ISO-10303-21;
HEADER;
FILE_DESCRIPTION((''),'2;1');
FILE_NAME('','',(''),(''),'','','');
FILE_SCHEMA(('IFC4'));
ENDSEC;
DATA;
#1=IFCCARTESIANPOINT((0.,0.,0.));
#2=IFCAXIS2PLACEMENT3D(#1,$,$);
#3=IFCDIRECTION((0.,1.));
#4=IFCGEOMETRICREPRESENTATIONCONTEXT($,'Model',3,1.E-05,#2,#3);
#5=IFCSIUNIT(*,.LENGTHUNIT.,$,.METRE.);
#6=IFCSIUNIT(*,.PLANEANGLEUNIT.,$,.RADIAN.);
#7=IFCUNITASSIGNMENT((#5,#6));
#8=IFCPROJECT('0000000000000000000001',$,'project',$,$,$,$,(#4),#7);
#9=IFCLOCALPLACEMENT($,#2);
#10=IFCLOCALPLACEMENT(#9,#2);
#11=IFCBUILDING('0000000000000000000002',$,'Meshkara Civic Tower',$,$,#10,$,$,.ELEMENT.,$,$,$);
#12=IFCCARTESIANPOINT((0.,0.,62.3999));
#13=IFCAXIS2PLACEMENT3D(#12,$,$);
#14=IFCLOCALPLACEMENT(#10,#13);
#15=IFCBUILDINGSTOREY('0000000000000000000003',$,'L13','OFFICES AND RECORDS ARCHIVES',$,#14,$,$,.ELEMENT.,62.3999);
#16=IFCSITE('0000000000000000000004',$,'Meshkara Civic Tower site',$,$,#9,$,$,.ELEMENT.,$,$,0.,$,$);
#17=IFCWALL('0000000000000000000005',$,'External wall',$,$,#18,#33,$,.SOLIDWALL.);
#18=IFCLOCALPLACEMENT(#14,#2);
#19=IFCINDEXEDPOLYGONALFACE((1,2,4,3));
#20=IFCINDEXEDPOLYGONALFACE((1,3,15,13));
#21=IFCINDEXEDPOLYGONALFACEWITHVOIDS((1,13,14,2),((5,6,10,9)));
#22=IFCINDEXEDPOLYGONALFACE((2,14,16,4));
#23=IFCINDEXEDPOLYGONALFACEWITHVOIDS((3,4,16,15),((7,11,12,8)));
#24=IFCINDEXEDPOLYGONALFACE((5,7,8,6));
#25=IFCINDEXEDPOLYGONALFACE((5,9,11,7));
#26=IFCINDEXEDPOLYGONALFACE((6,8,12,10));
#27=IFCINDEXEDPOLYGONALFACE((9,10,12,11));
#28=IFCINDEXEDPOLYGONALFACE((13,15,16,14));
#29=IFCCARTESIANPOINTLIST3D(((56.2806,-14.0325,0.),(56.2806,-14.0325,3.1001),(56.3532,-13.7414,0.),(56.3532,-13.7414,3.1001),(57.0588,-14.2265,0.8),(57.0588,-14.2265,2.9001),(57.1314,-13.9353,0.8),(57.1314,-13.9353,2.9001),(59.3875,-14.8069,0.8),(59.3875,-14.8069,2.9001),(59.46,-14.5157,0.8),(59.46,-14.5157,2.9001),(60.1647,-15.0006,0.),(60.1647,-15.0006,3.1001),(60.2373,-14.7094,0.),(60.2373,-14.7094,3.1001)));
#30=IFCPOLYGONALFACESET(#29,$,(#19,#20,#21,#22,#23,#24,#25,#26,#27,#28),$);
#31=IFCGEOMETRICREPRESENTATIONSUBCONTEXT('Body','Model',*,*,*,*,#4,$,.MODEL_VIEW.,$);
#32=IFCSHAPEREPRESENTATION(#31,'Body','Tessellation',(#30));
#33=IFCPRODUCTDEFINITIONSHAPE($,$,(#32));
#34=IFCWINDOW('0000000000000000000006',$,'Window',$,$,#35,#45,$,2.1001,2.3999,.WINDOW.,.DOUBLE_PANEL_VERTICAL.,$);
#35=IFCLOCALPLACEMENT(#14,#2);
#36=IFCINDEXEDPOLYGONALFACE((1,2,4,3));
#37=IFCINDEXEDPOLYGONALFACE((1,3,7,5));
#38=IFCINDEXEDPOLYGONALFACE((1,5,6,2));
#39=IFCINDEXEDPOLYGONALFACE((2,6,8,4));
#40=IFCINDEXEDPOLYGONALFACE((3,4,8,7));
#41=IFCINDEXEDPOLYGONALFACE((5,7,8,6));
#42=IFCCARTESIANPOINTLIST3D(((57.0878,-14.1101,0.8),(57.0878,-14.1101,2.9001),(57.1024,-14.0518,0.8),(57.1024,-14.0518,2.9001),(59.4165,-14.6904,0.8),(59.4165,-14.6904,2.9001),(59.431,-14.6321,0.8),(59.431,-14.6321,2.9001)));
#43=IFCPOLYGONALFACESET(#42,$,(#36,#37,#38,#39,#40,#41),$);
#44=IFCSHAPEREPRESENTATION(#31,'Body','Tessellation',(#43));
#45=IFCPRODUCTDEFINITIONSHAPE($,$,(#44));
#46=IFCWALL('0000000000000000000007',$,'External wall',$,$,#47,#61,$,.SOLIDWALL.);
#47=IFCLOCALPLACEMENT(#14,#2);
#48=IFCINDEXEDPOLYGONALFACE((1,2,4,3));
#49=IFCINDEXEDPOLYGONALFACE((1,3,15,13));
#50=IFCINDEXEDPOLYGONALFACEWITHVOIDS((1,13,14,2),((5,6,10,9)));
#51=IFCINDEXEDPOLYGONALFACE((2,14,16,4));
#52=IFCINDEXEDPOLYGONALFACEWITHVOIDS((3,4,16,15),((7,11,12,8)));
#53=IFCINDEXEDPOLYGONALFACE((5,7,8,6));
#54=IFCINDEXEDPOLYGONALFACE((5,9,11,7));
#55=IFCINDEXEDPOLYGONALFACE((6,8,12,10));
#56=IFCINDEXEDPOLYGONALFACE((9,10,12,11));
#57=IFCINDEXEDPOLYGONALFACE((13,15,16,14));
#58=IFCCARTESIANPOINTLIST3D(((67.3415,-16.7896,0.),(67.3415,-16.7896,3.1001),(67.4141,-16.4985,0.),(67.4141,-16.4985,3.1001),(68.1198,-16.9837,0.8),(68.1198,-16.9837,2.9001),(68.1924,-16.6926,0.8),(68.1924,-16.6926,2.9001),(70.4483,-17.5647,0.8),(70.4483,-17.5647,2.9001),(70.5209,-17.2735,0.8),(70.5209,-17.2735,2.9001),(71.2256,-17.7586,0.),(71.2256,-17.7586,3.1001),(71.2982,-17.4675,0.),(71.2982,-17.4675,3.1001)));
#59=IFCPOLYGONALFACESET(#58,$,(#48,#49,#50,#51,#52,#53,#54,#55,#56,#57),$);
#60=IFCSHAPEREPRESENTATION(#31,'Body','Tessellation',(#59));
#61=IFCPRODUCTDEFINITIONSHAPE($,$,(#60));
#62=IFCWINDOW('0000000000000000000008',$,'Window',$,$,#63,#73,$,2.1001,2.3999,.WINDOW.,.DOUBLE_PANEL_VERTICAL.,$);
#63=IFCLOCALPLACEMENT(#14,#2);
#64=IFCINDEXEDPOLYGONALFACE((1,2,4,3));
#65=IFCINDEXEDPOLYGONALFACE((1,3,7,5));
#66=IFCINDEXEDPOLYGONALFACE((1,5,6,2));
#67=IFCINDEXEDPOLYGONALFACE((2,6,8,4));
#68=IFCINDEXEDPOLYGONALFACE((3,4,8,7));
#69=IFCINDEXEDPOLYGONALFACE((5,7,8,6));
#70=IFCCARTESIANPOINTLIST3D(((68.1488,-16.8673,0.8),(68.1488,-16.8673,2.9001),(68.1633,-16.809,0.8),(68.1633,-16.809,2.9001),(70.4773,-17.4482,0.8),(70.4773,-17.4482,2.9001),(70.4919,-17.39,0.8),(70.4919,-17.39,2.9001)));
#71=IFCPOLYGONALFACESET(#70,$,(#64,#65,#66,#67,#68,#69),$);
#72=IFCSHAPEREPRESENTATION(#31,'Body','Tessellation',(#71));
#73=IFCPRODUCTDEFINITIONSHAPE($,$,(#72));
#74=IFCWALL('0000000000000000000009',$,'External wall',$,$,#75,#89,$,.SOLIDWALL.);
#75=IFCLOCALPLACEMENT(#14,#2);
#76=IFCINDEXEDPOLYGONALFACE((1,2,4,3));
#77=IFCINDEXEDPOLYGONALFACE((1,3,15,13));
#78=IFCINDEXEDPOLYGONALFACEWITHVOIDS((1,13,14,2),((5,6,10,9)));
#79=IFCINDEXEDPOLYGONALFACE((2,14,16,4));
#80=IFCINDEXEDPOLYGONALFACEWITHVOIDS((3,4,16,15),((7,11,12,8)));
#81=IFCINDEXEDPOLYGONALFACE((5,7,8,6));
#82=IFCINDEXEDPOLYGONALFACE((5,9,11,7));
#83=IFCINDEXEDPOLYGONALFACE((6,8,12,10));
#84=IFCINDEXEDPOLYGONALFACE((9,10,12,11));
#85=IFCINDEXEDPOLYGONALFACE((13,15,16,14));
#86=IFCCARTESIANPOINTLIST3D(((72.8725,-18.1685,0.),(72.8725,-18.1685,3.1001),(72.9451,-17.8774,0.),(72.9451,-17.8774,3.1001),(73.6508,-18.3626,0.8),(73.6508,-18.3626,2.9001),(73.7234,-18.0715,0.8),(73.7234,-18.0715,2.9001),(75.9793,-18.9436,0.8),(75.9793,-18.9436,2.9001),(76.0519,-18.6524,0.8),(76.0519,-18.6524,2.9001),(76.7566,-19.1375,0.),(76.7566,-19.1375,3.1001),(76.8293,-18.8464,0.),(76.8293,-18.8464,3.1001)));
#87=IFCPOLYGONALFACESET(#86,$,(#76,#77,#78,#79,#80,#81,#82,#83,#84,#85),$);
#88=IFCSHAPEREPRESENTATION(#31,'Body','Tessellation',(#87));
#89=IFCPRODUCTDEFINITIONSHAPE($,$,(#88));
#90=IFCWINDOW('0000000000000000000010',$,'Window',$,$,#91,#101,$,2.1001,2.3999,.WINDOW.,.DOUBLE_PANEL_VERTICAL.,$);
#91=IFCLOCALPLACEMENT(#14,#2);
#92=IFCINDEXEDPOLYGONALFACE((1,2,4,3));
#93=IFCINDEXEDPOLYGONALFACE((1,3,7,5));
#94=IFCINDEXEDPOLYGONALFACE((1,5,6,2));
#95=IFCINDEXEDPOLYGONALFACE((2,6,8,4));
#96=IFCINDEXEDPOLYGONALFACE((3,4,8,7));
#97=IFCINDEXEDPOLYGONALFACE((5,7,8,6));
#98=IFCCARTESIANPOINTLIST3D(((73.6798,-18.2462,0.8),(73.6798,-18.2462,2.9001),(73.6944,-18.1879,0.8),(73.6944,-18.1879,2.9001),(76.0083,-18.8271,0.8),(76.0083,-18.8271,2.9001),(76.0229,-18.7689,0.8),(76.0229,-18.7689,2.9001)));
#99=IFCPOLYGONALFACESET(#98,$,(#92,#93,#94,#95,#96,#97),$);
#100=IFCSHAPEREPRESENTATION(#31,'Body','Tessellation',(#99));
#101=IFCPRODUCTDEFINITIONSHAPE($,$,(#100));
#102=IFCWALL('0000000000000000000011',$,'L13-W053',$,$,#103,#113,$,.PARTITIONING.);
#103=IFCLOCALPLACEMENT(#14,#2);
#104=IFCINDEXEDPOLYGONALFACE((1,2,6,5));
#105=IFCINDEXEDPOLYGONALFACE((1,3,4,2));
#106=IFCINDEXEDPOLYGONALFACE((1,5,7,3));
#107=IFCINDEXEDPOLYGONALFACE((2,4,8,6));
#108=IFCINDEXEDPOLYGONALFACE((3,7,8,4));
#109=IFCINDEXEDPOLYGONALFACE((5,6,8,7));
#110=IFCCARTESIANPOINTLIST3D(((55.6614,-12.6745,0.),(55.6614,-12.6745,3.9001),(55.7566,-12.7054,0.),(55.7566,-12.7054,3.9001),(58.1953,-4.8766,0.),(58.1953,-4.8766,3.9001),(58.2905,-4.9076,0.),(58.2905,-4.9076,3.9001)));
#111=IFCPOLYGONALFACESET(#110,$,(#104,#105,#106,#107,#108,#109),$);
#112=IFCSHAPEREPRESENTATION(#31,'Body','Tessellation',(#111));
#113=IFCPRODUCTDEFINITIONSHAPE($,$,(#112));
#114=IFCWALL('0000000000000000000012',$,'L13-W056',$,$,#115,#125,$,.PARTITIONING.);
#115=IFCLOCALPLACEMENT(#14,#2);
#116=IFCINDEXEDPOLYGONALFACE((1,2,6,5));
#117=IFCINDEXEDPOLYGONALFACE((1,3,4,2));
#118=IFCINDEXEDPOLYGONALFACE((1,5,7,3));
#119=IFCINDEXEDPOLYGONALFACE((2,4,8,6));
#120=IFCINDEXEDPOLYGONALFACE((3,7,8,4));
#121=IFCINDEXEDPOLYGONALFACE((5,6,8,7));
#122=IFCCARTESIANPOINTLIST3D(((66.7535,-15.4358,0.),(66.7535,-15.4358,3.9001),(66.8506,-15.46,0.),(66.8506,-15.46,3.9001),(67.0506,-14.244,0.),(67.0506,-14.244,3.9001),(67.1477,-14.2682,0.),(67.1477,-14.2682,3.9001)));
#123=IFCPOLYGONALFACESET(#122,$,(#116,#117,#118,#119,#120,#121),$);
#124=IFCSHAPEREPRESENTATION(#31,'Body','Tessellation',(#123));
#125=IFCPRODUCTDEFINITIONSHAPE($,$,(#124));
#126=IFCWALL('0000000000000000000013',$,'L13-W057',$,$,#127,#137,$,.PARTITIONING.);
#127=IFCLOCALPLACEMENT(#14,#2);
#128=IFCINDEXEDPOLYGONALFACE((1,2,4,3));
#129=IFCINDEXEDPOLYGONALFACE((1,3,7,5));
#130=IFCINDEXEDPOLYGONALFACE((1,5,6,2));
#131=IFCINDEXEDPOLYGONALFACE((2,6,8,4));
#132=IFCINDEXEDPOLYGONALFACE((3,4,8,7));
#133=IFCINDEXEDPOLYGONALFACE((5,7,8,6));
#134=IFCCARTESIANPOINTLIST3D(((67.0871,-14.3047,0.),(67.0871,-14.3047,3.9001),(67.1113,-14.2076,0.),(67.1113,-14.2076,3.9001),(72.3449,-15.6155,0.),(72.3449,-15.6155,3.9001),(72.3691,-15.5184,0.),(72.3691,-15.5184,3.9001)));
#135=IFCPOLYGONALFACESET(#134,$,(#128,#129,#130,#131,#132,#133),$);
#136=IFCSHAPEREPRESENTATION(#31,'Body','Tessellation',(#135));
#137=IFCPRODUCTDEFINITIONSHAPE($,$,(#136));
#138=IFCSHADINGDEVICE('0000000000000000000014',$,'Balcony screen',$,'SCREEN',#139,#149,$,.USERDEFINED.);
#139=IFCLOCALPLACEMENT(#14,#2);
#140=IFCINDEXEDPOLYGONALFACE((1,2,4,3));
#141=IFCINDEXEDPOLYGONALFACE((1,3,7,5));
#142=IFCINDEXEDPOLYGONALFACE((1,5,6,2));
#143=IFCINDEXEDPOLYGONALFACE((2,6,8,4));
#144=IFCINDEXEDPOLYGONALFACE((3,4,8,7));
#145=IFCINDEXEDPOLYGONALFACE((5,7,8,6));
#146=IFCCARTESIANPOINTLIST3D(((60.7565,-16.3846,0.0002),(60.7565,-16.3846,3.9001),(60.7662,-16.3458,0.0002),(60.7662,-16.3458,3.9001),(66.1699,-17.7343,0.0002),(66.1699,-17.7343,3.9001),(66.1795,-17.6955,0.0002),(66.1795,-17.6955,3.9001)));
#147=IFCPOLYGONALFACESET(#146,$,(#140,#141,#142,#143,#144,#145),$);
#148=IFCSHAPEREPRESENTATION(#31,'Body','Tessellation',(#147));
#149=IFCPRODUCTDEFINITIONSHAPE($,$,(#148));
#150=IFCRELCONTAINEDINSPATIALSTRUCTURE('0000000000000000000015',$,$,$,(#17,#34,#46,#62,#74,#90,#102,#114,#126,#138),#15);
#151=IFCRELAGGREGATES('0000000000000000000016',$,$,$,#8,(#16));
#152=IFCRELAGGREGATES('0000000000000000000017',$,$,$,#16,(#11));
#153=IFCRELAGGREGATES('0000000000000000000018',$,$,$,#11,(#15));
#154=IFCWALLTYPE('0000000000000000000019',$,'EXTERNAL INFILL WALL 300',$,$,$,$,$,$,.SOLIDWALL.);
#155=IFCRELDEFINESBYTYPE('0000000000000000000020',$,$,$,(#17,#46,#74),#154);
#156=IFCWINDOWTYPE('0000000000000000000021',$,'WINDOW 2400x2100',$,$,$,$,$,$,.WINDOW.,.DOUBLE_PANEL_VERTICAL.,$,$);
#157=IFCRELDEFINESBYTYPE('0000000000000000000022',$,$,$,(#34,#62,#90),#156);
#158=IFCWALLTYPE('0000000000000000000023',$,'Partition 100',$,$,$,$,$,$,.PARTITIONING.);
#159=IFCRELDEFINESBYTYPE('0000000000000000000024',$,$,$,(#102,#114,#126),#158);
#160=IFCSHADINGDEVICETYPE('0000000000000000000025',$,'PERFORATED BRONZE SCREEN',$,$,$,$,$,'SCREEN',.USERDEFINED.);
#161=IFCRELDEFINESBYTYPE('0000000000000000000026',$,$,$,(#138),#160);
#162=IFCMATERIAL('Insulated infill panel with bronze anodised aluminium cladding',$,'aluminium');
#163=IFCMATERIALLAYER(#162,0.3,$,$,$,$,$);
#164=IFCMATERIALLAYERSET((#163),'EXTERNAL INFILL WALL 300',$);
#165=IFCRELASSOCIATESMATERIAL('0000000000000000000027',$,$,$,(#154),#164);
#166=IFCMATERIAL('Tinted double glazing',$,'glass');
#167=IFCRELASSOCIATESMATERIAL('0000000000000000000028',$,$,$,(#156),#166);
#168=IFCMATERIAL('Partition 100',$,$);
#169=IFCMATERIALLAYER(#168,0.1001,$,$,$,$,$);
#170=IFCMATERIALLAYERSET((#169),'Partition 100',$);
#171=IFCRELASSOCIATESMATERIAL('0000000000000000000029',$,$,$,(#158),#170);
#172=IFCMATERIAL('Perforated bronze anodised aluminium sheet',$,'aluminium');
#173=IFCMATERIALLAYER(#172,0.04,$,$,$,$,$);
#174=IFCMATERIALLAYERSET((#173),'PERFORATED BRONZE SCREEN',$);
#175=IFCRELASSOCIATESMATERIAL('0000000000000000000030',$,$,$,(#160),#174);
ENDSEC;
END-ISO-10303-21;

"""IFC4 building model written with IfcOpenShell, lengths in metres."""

from ifc_helpers import new_model, si_unit, direction, frame, frame_2d, origin, origin_2d, place, context, subcontext, project, spatial, rectangle, extrude, material, layer, layer_set, type_object, element, fill, save


model = new_model("IFC4")

# Units and contexts
model_context = context("Model", 3, precision=1e-05, world=origin(), true_north=direction((0.0, 1.0)))
body_context = subcontext(model_context, "Body", "Model", "MODEL_VIEW")
ifc_project = project(units=[si_unit("LENGTHUNIT", "METRE"), si_unit("PLANEANGLEUNIT", "RADIAN")], contexts=[model_context])

# Site, building, storey
site_placement = place(None, origin())
site = spatial("IfcSite", under=ifc_project, at=site_placement, Name="Meshkara Civic Tower site", CompositionType="ELEMENT", RefElevation=0.0)
building_placement = place(site_placement, origin())
building = spatial("IfcBuilding", under=site, at=building_placement, Name="Meshkara Civic Tower", CompositionType="ELEMENT")
storey_placement = place(building_placement, frame((0.0, 0.0, 62.3999)))
storey = spatial("IfcBuildingStorey", under=building, at=storey_placement, Name="L13", Description="OFFICES AND RECORDS ARCHIVES", CompositionType="ELEMENT", Elevation=62.3999)

# Walls, openings, windows
ifc_material_1 = material(Name="Insulated infill panel with bronze anodised aluminium cladding", Category="aluminium")
ifc_layer_1 = layer(ifc_material_1, 0.3)
ifc_layer_set_1 = layer_set([ifc_layer_1], Name="EXTERNAL INFILL WALL 300")
wall_type_1 = type_object("IfcWallType", Name="EXTERNAL INFILL WALL 300", PredefinedType="SOLIDWALL", material=ifc_layer_set_1)
wall_1_placement = place(storey_placement, frame((56.3169, -13.887, 0.0), z_axis=(0.0, 0.0, 1.0), x_axis=(0.970318, -0.241832, 0.0)))
wall_1 = element("IfcWall", 1, at=wall_1_placement, inside=storey, type_object=wall_type_1, Name="External wall", PredefinedType="SOLIDWALL", context=body_context, shape_type="SweptSolid", body=[
    extrude(rectangle(XDim=4.0029, YDim=0.3, at=frame_2d((2.0015, 0.0))), origin(), (0.0, 0.0, 1.0), 3.1001),
])
opening_1_placement = place(wall_1_placement, frame((0.802, 0.0, 0.8)))
opening_1 = element("IfcOpeningElement", 2, at=opening_1_placement, cuts=wall_1, PredefinedType="OPENING", context=body_context, shape_type="SweptSolid", body=[
    extrude(rectangle(XDim=2.3999, YDim=2.1001, at=frame_2d((1.2, 1.05))), frame((0.0, 0.1599, 0.0), z_axis=(0.0, -1.0, 0.0), x_axis=(1.0, 0.0, 0.0)), (0.0, 0.0, 1.0), 0.3201),
])
ifc_material_2 = material(Name="Tinted double glazing", Category="glass")
window_type = type_object("IfcWindowType", Name="WINDOW 2400x2100", PartitioningType="DOUBLE_PANEL_VERTICAL", PredefinedType="WINDOW", material=ifc_material_2)
window_1_placement = place(opening_1_placement, origin())
window_1 = element("IfcWindow", 3, at=window_1_placement, inside=storey, type_object=window_type, Name="Window", OverallHeight=2.1001, OverallWidth=2.3999, PartitioningType="DOUBLE_PANEL_VERTICAL", PredefinedType="WINDOW", context=body_context, shape_type="SweptSolid", body=[
    extrude(rectangle(XDim=2.3999, YDim=2.1001, at=frame_2d((1.2, 1.05))), frame((0.0, 0.03, 0.0), z_axis=(0.0, -1.0, 0.0), x_axis=(1.0, 0.0, 0.0)), (0.0, 0.0, 1.0), 0.0601),
])
fill(opening_1, window_1)
wall_2_placement = place(storey_placement, frame((67.3779, -16.644, 0.0), z_axis=(0.0, 0.0, 1.0), x_axis=(0.970261, -0.242062, 0.0)))
wall_2 = element("IfcWall", 4, at=wall_2_placement, inside=storey, type_object=wall_type_1, Name="External wall", PredefinedType="SOLIDWALL", context=body_context, shape_type="SweptSolid", body=[
    extrude(rectangle(XDim=4.0032, YDim=0.3, at=frame_2d((2.0015, 0.0))), origin(), (0.0, 0.0, 1.0), 3.1001),
])
opening_2_placement = place(wall_2_placement, frame((0.802, 0.0, 0.8)))
opening_2 = element("IfcOpeningElement", 5, at=opening_2_placement, cuts=wall_2, PredefinedType="OPENING", context=body_context, shape_type="SweptSolid", body=[
    extrude(rectangle(XDim=2.3999, YDim=2.1001, at=frame_2d((1.2, 1.05))), frame((0.0, 0.1599, 0.0), z_axis=(0.0, -1.0, 0.0), x_axis=(1.0, 0.0, 0.0)), (0.0, 0.0, 1.0), 0.3201),
])
window_2_placement = place(opening_2_placement, origin())
window_2 = element("IfcWindow", 6, at=window_2_placement, inside=storey, type_object=window_type, Name="Window", OverallHeight=2.1001, OverallWidth=2.3999, PartitioningType="DOUBLE_PANEL_VERTICAL", PredefinedType="WINDOW", context=body_context, shape_type="SweptSolid", body=[
    extrude(rectangle(XDim=2.3999, YDim=2.1001, at=frame_2d((1.2, 1.05))), frame((0.0, 0.03, 0.0), z_axis=(0.0, -1.0, 0.0), x_axis=(1.0, 0.0, 0.0)), (0.0, 0.0, 1.0), 0.0601),
])
fill(opening_2, window_2)
wall_3_placement = place(storey_placement, frame((72.9089, -18.0229, 0.0), z_axis=(0.0, 0.0, 1.0), x_axis=(0.970261, -0.242062, 0.0)))
wall_3 = element("IfcWall", 7, at=wall_3_placement, inside=storey, type_object=wall_type_1, Name="External wall", PredefinedType="SOLIDWALL", context=body_context, shape_type="SweptSolid", body=[
    extrude(rectangle(XDim=4.0032, YDim=0.3, at=frame_2d((2.0015, 0.0))), origin(), (0.0, 0.0, 1.0), 3.1001),
])
opening_3_placement = place(wall_3_placement, frame((0.802, 0.0, 0.8)))
opening_3 = element("IfcOpeningElement", 8, at=opening_3_placement, cuts=wall_3, PredefinedType="OPENING", context=body_context, shape_type="SweptSolid", body=[
    extrude(rectangle(XDim=2.3999, YDim=2.1001, at=frame_2d((1.2, 1.05))), frame((0.0, 0.1599, 0.0), z_axis=(0.0, -1.0, 0.0), x_axis=(1.0, 0.0, 0.0)), (0.0, 0.0, 1.0), 0.3201),
])
window_3_placement = place(opening_3_placement, origin())
window_3 = element("IfcWindow", 9, at=window_3_placement, inside=storey, type_object=window_type, Name="Window", OverallHeight=2.1001, OverallWidth=2.3999, PartitioningType="DOUBLE_PANEL_VERTICAL", PredefinedType="WINDOW", context=body_context, shape_type="SweptSolid", body=[
    extrude(rectangle(XDim=2.3999, YDim=2.1001, at=frame_2d((1.2, 1.05))), frame((0.0, 0.03, 0.0), z_axis=(0.0, -1.0, 0.0), x_axis=(1.0, 0.0, 0.0)), (0.0, 0.0, 1.0), 0.0601),
])
fill(opening_3, window_3)

# Walls
ifc_material_3 = material(Name="Partition 100")
ifc_layer_2 = layer(ifc_material_3, 0.1001)
ifc_layer_set_2 = layer_set([ifc_layer_2], Name="Partition 100")
wall_type_2 = type_object("IfcWallType", Name="Partition 100", PredefinedType="PARTITIONING", material=ifc_layer_set_2)
wall_4_placement = place(storey_placement, frame((55.709, -12.6899, 0.0), z_axis=(0.0, 0.0, 1.0), x_axis=(0.309046, 0.951047, 0.0)))
element("IfcWall", 10, at=wall_4_placement, inside=storey, type_object=wall_type_2, Name="L13-W053", PredefinedType="PARTITIONING", context=body_context, shape_type="SweptSolid", body=[
    extrude(rectangle(XDim=8.1992, YDim=0.1001, at=frame_2d((4.0996, 0.0))), origin(), (0.0, 0.0, 1.0), 3.9001),
])
wall_5_placement = place(storey_placement, frame((66.802, -15.448, 0.0), z_axis=(0.0, 0.0, 1.0), x_axis=(0.241881, 0.970306, 0.0)))
element("IfcWall", 11, at=wall_5_placement, inside=storey, type_object=wall_type_2, Name="L13-W056", PredefinedType="PARTITIONING", context=body_context, shape_type="SweptSolid", body=[
    extrude(rectangle(XDim=1.2283, YDim=0.1001, at=frame_2d((0.6143, 0.0))), origin(), (0.0, 0.0, 1.0), 3.9001),
])
wall_6_placement = place(storey_placement, frame((67.0991, -14.2561, 0.0), z_axis=(0.0, 0.0, 1.0), x_axis=(0.970301, -0.2419, 0.0)))
element("IfcWall", 12, at=wall_6_placement, inside=storey, type_object=wall_type_2, Name="L13-W057", PredefinedType="PARTITIONING", context=body_context, shape_type="SweptSolid", body=[
    extrude(rectangle(XDim=5.4187, YDim=0.1001, at=frame_2d((2.7095, 0.0))), origin(), (0.0, 0.0, 1.0), 3.9001),
])

# Shading device
ifc_material_4 = material(Name="Perforated bronze anodised aluminium sheet", Category="aluminium")
ifc_layer_3 = layer(ifc_material_4, 0.04)
ifc_layer_set_3 = layer_set([ifc_layer_3], Name="PERFORATED BRONZE SCREEN")
shading_device_type = type_object("IfcShadingDeviceType", Name="PERFORATED BRONZE SCREEN", ElementType="SCREEN", PredefinedType="USERDEFINED", material=ifc_layer_set_3)
shading_device_placement = place(storey_placement, frame((63.468, -17.04, 0.0002), z_axis=(0.0, 0.0, 1.0), x_axis=(0.970296, -0.241922, 0.0)))
element("IfcShadingDevice", 13, at=shading_device_placement, inside=storey, type_object=shading_device_type, Name="Balcony screen", ObjectType="SCREEN", PredefinedType="USERDEFINED", context=body_context, shape_type="SweptSolid", body=[
    extrude(rectangle(XDim=5.5791, YDim=0.04, at=origin_2d()), origin(), (0.0, 0.0, 1.0), 3.8999),
])

save(model, "model.ifc")
